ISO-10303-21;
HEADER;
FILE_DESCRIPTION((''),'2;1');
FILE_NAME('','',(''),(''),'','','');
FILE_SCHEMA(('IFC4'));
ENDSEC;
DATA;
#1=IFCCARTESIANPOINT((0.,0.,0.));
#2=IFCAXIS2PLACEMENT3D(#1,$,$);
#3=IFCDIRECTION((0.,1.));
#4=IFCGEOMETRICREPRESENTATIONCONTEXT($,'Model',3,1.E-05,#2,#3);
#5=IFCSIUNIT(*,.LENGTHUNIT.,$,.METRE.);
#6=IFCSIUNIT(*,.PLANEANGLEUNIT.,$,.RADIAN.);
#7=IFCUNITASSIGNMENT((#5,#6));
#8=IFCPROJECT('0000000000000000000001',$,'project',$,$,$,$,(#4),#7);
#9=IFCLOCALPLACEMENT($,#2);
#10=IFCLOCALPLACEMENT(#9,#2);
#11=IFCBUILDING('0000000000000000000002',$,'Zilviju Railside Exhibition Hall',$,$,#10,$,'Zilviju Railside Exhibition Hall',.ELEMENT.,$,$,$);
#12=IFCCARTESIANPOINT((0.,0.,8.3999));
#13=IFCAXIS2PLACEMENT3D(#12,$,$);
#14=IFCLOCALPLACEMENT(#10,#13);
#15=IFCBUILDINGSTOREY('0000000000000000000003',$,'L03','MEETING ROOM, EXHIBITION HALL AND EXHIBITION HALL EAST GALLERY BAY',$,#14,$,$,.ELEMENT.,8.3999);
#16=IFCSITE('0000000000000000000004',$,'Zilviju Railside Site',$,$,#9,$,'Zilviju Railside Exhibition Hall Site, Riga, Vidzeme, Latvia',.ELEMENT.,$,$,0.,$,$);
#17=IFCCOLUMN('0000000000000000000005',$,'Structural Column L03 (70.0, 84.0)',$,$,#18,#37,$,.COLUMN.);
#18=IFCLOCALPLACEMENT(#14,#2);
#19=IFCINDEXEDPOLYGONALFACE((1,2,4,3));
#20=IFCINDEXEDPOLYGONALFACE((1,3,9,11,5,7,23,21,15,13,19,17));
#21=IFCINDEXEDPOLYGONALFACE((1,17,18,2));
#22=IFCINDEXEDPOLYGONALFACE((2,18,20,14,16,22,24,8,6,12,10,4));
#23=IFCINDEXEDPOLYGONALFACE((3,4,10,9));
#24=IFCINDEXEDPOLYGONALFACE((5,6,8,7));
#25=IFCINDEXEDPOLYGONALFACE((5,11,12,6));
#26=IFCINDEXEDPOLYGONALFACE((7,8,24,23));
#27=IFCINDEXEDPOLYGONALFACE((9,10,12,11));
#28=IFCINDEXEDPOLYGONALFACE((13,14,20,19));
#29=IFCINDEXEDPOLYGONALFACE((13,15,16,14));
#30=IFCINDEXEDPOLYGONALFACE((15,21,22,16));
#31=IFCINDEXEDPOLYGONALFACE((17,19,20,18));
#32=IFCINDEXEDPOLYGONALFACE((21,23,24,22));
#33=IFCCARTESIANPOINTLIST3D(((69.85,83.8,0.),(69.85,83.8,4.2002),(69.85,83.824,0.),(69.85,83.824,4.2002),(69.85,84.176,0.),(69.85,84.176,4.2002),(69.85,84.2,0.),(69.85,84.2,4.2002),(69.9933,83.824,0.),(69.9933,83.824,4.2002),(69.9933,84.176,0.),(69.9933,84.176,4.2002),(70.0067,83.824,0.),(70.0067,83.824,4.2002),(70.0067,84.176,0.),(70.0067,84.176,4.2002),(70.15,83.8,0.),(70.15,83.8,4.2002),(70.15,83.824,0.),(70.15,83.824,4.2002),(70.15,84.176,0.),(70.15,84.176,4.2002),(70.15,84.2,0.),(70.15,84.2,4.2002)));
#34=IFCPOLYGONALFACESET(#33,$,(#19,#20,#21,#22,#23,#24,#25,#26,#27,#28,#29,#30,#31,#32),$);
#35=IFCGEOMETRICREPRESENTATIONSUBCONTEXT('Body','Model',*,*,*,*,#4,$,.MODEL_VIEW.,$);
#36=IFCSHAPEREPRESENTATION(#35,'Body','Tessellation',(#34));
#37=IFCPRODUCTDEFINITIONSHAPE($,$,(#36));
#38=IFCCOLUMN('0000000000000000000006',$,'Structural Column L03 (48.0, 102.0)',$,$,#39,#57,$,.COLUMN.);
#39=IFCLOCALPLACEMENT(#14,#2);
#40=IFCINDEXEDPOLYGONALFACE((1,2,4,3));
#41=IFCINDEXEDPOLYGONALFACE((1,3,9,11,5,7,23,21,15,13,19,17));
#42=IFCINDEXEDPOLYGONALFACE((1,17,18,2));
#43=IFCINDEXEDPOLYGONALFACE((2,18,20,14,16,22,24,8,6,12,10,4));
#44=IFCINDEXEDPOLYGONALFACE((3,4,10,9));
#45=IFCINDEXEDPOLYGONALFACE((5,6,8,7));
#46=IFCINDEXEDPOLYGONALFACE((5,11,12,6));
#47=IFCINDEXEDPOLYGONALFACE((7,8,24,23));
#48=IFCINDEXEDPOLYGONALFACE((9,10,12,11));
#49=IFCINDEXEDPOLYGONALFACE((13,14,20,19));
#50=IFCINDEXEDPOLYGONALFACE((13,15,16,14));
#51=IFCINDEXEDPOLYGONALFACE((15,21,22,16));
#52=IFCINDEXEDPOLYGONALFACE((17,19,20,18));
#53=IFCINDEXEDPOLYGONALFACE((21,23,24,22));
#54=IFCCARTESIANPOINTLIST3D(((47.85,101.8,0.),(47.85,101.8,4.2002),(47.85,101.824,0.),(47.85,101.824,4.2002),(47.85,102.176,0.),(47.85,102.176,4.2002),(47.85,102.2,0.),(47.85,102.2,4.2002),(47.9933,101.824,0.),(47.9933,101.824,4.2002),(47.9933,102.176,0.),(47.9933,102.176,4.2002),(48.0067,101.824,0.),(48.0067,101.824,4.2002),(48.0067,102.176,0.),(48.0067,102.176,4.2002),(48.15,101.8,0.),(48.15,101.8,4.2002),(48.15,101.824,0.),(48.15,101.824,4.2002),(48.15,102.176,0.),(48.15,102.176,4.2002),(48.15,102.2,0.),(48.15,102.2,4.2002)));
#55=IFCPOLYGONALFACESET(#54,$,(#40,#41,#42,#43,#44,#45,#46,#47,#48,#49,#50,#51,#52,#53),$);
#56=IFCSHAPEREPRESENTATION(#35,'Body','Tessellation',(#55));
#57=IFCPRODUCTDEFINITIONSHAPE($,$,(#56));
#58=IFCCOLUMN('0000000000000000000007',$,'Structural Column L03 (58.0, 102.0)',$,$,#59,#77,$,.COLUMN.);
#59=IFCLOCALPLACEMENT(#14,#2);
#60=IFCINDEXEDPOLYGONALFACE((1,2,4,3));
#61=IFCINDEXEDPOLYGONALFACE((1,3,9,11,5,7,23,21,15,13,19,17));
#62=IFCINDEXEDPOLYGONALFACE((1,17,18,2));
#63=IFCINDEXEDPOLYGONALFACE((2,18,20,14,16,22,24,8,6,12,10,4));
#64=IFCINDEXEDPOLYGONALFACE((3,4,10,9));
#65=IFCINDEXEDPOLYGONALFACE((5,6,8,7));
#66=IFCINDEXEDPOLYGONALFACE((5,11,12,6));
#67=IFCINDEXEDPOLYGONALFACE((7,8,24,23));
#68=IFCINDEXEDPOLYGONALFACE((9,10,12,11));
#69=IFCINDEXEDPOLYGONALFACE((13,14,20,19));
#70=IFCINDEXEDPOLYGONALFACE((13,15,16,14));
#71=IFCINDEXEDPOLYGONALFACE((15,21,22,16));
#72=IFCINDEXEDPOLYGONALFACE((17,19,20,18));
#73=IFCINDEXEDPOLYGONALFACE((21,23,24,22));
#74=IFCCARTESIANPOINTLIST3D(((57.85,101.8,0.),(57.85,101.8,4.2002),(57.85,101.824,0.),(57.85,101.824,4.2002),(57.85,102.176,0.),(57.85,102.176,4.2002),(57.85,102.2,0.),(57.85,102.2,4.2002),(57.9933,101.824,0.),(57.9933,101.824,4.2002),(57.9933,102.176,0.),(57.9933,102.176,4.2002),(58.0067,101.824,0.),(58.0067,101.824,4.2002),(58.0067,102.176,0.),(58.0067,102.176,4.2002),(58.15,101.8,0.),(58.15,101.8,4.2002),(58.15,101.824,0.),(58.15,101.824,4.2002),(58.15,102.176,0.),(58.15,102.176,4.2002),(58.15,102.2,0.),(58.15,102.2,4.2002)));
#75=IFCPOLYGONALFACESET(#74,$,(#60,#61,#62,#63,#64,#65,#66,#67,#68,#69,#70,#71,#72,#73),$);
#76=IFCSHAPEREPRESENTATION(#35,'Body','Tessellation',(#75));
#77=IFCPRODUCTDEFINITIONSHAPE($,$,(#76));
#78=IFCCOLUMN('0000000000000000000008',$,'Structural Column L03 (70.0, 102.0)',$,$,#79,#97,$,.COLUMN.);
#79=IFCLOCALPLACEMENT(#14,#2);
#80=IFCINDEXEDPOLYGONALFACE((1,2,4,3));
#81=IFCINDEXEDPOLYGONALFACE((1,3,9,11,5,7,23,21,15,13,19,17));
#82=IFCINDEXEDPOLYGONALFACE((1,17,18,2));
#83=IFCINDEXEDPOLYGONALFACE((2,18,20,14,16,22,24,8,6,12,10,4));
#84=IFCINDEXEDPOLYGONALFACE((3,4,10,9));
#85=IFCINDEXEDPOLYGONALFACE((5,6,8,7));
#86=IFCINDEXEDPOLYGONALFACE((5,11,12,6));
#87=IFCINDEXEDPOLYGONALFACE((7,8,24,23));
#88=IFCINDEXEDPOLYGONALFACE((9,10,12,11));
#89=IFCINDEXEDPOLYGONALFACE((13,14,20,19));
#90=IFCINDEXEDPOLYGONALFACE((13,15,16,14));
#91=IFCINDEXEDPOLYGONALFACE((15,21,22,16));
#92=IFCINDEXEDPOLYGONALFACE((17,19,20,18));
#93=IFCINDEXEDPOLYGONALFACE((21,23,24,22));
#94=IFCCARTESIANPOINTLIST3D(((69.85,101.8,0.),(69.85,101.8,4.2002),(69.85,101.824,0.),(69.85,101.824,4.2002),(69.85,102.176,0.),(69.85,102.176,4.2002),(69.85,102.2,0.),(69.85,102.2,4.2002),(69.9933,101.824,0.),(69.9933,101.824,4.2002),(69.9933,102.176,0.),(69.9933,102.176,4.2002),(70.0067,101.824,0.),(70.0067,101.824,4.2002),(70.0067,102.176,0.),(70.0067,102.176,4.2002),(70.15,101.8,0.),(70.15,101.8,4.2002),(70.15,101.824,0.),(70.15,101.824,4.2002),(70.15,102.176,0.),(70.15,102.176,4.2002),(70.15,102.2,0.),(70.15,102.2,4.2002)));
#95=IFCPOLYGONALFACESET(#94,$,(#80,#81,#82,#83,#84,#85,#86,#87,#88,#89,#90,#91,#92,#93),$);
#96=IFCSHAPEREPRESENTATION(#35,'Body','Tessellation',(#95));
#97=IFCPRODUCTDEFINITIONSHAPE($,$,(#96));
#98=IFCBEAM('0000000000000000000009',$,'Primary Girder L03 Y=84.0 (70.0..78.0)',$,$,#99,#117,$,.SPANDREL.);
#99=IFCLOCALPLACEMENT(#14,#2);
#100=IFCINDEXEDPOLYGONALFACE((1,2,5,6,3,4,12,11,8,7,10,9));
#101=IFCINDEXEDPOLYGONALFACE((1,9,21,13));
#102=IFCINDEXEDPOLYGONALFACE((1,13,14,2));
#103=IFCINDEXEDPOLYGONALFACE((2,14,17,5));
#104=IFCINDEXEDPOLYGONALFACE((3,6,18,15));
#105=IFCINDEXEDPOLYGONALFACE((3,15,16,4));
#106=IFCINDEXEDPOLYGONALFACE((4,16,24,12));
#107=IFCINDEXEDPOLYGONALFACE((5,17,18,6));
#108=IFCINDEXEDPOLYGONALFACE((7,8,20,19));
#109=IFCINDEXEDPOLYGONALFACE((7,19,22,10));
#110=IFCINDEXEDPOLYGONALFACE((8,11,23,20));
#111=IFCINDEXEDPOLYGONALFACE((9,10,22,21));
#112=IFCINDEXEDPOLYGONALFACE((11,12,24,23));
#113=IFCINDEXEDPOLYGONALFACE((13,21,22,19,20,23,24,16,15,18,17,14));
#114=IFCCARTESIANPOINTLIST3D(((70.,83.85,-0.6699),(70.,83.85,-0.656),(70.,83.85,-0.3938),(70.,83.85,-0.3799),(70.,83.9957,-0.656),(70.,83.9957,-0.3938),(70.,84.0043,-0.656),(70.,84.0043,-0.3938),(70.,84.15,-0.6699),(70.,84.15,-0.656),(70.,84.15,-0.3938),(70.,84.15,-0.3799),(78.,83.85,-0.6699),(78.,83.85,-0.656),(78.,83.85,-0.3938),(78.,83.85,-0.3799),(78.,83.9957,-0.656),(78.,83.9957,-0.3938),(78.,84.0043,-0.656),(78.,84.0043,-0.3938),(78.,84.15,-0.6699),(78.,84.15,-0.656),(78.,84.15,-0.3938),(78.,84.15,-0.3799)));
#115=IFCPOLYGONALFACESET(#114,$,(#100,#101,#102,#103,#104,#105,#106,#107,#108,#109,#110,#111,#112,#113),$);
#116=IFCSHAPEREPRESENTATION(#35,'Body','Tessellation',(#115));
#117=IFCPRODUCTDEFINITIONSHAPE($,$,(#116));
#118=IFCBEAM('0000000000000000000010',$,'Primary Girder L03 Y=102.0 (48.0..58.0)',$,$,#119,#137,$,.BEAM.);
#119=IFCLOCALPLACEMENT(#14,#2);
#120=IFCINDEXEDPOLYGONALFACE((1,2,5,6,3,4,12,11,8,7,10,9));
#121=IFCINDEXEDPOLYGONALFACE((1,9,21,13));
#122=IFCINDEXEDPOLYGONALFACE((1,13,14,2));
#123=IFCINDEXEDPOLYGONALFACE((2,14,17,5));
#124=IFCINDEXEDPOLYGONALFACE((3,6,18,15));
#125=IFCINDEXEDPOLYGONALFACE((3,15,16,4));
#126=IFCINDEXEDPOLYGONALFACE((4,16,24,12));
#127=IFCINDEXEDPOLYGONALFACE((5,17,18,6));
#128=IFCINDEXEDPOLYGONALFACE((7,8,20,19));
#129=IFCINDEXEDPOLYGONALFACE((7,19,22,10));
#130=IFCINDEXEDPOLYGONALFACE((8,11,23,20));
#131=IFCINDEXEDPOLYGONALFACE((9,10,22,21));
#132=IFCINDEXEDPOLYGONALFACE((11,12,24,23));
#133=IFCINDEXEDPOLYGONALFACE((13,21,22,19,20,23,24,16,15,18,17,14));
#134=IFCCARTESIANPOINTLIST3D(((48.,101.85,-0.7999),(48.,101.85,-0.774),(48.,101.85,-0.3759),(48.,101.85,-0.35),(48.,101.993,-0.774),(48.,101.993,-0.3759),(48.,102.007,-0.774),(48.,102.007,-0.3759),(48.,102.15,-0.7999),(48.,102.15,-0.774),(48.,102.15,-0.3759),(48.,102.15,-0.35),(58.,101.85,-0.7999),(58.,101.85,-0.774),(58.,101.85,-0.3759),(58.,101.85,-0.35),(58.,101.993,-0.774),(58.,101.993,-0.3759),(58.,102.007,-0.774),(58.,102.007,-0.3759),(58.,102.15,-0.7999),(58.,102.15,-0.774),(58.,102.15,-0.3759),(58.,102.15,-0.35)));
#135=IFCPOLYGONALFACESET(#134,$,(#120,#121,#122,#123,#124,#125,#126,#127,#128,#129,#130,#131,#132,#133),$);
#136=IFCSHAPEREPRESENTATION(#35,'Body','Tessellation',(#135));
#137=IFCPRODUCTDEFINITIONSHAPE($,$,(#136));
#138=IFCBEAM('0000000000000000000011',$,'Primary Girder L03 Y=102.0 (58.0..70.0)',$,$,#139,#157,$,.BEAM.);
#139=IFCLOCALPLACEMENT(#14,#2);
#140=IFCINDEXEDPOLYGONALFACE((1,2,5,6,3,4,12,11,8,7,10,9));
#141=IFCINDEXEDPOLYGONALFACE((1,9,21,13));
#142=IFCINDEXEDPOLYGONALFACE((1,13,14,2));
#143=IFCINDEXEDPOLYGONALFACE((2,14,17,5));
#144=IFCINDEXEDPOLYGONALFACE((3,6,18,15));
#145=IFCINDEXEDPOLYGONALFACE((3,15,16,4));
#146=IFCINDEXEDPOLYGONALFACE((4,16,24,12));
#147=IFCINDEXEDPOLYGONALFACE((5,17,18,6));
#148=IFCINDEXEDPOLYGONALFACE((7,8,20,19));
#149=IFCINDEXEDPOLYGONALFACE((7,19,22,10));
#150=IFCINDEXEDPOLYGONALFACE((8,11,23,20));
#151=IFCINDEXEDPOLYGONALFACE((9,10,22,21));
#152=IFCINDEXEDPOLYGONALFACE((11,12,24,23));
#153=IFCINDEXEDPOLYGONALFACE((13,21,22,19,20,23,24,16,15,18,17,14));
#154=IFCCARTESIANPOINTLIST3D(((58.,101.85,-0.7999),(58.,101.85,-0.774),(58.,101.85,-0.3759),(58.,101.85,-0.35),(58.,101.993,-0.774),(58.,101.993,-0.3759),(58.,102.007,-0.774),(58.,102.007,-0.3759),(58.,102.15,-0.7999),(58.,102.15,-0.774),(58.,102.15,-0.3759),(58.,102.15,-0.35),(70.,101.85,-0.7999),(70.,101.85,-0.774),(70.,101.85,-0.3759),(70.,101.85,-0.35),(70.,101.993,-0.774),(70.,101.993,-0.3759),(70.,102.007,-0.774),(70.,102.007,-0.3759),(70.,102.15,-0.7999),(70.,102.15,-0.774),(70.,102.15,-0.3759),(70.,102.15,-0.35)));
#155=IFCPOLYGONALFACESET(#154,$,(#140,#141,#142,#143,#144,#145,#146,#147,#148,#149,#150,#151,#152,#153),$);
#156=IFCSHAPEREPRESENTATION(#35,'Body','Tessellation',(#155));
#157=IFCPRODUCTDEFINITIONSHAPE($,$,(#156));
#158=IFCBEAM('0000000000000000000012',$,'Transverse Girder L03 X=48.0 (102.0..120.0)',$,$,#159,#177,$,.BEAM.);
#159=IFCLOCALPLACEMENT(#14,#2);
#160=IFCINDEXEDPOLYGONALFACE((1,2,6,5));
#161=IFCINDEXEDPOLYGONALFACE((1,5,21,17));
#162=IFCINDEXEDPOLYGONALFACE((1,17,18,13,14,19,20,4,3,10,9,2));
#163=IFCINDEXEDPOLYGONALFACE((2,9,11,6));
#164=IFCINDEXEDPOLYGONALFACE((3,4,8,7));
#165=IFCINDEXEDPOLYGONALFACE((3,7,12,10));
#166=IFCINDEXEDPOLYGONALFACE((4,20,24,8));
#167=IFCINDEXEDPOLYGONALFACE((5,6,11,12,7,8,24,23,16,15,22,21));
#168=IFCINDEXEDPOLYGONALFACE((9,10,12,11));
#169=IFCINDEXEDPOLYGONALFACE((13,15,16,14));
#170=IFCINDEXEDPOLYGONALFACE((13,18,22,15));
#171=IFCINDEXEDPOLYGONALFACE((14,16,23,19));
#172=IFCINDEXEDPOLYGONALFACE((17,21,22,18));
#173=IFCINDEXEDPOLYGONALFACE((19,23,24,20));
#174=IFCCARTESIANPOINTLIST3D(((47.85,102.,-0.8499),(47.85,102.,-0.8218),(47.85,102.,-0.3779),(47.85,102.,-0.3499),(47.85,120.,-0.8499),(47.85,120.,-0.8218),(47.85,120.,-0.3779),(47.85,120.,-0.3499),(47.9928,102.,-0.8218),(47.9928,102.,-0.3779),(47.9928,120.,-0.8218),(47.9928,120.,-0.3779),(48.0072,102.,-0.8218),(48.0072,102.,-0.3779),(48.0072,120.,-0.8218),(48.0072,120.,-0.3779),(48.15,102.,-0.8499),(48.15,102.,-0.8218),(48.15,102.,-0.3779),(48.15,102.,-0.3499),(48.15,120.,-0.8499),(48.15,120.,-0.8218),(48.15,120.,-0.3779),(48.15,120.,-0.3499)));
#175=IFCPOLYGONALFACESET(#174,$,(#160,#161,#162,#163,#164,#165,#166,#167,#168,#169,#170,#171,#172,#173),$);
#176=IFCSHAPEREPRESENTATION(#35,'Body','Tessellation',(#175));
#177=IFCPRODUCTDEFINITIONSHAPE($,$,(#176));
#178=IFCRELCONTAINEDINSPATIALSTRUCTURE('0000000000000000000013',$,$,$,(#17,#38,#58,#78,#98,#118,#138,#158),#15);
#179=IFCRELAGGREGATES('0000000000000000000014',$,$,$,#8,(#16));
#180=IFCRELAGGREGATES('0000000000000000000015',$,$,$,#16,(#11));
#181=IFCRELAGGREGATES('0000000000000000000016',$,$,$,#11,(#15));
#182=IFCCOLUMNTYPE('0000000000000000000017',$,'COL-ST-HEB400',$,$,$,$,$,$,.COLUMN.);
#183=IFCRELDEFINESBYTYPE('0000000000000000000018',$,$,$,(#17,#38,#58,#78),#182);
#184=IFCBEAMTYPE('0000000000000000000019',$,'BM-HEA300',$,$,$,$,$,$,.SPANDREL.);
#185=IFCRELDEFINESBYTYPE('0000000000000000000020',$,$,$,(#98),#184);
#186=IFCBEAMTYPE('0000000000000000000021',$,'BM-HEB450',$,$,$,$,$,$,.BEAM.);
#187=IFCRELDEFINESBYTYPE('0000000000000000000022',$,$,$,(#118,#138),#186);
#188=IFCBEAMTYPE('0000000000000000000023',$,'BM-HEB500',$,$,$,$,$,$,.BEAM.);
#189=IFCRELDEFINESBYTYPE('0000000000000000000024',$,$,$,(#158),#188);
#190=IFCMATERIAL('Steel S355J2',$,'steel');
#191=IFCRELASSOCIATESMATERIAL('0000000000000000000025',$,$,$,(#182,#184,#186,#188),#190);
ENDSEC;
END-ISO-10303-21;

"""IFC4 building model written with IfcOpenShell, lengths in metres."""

from ifc_helpers import new_model, si_unit, direction, frame, origin, origin_2d, place, context, subcontext, project, spatial, i_section, extrude, material, material_profile, profile_set, type_object, element, save


model = new_model("IFC4")

# Units and contexts
model_context = context("Model", 3, precision=1e-05, world=origin(), true_north=direction((0.0, 1.0)))
body_context = subcontext(model_context, "Body", "Model", "MODEL_VIEW")
ifc_project = project(units=[si_unit("LENGTHUNIT", "METRE"), si_unit("PLANEANGLEUNIT", "RADIAN")], contexts=[model_context])

# Site, building, storey
site_placement = place(None, origin())
site = spatial("IfcSite", under=ifc_project, at=site_placement, Name="Zilviju Railside Site", LongName="Zilviju Railside Exhibition Hall Site, Riga, Vidzeme, Latvia", CompositionType="ELEMENT", RefElevation=0.0)
building_placement = place(site_placement, origin())
building = spatial("IfcBuilding", under=site, at=building_placement, Name="Zilviju Railside Exhibition Hall", LongName="Zilviju Railside Exhibition Hall", CompositionType="ELEMENT")
storey_placement = place(building_placement, frame((0.0, 0.0, 8.3999)))
storey = spatial("IfcBuildingStorey", under=building, at=storey_placement, Name="L03", Description="MEETING ROOM, EXHIBITION HALL AND EXHIBITION HALL EAST GALLERY BAY", CompositionType="ELEMENT", Elevation=8.3999)

# Columns
ifc_material_1 = material(Name="Steel S355J2", Category="steel")
ifc_material_profile_1 = material_profile(ifc_material_1, i_section(OverallWidth=0.3, OverallDepth=0.3999, WebThickness=0.0134, FlangeThickness=0.0239, at=origin_2d()), Name="HEB 400")
ifc_profile_set_1 = profile_set([ifc_material_profile_1], Name="Steel S355J2")
column_type = type_object("IfcColumnType", Name="COL-ST-HEB400", PredefinedType="COLUMN", material=ifc_profile_set_1)
for number, where, z_axis, x_axis, name in (
    (1, (70.0, 84.0, 0.0), (0.0, 0.0, 1.0), (1.0, 0.0, 0.0), "Structural Column L03 (70.0, 84.0)"),
    (2, (48.0, 102.0, 0.0), (0.0, 0.0, 1.0), (1.0, 0.0, 0.0), "Structural Column L03 (48.0, 102.0)"),
    (3, (58.0, 102.0, 0.0), (0.0, 0.0, 1.0), (1.0, 0.0, 0.0), "Structural Column L03 (58.0, 102.0)"),
    (4, (70.0, 102.0, 0.0), (0.0, 0.0, 1.0), (1.0, 0.0, 0.0), "Structural Column L03 (70.0, 102.0)"),
):
    element("IfcColumn", number, at=place(storey_placement, frame(where, z_axis=z_axis, x_axis=x_axis)), inside=storey, type_object=column_type, Name=name, PredefinedType="COLUMN", context=body_context, shape_type="SweptSolid", body=[
        extrude(i_section(OverallWidth=0.3, OverallDepth=0.3999, WebThickness=0.0134, FlangeThickness=0.0239, at=origin_2d()), origin(), (0.0, 0.0, 1.0), 4.2002),
    ])

# Beams
ifc_material_profile_2 = material_profile(ifc_material_1, i_section(OverallWidth=0.3, OverallDepth=0.29, WebThickness=0.0085, FlangeThickness=0.0139, at=origin_2d()), Name="HEA 300")
ifc_profile_set_2 = profile_set([ifc_material_profile_2], Name="Steel S355J2")
beam_type_1 = type_object("IfcBeamType", Name="BM-HEA300", PredefinedType="SPANDREL", material=ifc_profile_set_2)
beam_1_placement = place(storey_placement, frame((70.0, 84.0, -0.5249), z_axis=(1.0, 0.0, 0.0), x_axis=(0.0, 1.0, 0.0)))
element("IfcBeam", 5, at=beam_1_placement, inside=storey, type_object=beam_type_1, Name="Primary Girder L03 Y=84.0 (70.0..78.0)", PredefinedType="SPANDREL", context=body_context, shape_type="SweptSolid", body=[
    extrude(i_section(OverallWidth=0.3, OverallDepth=0.29, WebThickness=0.0085, FlangeThickness=0.0139, at=origin_2d()), origin(), (0.0, 0.0, 1.0), 8.0),
])
ifc_material_profile_3 = material_profile(ifc_material_1, i_section(OverallWidth=0.3, OverallDepth=0.45, WebThickness=0.0139, FlangeThickness=0.0259, at=origin_2d()), Name="HEB 450")
ifc_profile_set_3 = profile_set([ifc_material_profile_3], Name="Steel S355J2")
beam_type_2 = type_object("IfcBeamType", Name="BM-HEB450", PredefinedType="BEAM", material=ifc_profile_set_3)
beam_2_placement = place(storey_placement, frame((48.0, 102.0, -0.575), z_axis=(1.0, 0.0, 0.0), x_axis=(0.0, 1.0, 0.0)))
element("IfcBeam", 6, at=beam_2_placement, inside=storey, type_object=beam_type_2, Name="Primary Girder L03 Y=102.0 (48.0..58.0)", PredefinedType="BEAM", context=body_context, shape_type="SweptSolid", body=[
    extrude(i_section(OverallWidth=0.3, OverallDepth=0.45, WebThickness=0.0139, FlangeThickness=0.0259, at=origin_2d()), origin(), (0.0, 0.0, 1.0), 10.0),
])
beam_3_placement = place(storey_placement, frame((58.0, 102.0, -0.575), z_axis=(1.0, 0.0, 0.0), x_axis=(0.0, 1.0, 0.0)))
element("IfcBeam", 7, at=beam_3_placement, inside=storey, type_object=beam_type_2, Name="Primary Girder L03 Y=102.0 (58.0..70.0)", PredefinedType="BEAM", context=body_context, shape_type="SweptSolid", body=[
    extrude(i_section(OverallWidth=0.3, OverallDepth=0.45, WebThickness=0.0139, FlangeThickness=0.0259, at=origin_2d()), origin(), (0.0, 0.0, 1.0), 12.0),
])
ifc_material_profile_4 = material_profile(ifc_material_1, i_section(OverallWidth=0.3, OverallDepth=0.5, WebThickness=0.0144, FlangeThickness=0.0281, at=origin_2d()), Name="HEB 500")
ifc_profile_set_4 = profile_set([ifc_material_profile_4], Name="Steel S355J2")
beam_type_3 = type_object("IfcBeamType", Name="BM-HEB500", PredefinedType="BEAM", material=ifc_profile_set_4)
beam_4_placement = place(storey_placement, frame((48.0, 102.0, -0.5999), z_axis=(0.0, 1.0, 0.0), x_axis=(-1.0, 0.0, 0.0)))
element("IfcBeam", 8, at=beam_4_placement, inside=storey, type_object=beam_type_3, Name="Transverse Girder L03 X=48.0 (102.0..120.0)", PredefinedType="BEAM", context=body_context, shape_type="SweptSolid", body=[
    extrude(i_section(OverallWidth=0.3, OverallDepth=0.5, WebThickness=0.0144, FlangeThickness=0.0281, at=origin_2d()), origin(), (0.0, 0.0, 1.0), 18.0),
])

save(model, "model.ifc")
